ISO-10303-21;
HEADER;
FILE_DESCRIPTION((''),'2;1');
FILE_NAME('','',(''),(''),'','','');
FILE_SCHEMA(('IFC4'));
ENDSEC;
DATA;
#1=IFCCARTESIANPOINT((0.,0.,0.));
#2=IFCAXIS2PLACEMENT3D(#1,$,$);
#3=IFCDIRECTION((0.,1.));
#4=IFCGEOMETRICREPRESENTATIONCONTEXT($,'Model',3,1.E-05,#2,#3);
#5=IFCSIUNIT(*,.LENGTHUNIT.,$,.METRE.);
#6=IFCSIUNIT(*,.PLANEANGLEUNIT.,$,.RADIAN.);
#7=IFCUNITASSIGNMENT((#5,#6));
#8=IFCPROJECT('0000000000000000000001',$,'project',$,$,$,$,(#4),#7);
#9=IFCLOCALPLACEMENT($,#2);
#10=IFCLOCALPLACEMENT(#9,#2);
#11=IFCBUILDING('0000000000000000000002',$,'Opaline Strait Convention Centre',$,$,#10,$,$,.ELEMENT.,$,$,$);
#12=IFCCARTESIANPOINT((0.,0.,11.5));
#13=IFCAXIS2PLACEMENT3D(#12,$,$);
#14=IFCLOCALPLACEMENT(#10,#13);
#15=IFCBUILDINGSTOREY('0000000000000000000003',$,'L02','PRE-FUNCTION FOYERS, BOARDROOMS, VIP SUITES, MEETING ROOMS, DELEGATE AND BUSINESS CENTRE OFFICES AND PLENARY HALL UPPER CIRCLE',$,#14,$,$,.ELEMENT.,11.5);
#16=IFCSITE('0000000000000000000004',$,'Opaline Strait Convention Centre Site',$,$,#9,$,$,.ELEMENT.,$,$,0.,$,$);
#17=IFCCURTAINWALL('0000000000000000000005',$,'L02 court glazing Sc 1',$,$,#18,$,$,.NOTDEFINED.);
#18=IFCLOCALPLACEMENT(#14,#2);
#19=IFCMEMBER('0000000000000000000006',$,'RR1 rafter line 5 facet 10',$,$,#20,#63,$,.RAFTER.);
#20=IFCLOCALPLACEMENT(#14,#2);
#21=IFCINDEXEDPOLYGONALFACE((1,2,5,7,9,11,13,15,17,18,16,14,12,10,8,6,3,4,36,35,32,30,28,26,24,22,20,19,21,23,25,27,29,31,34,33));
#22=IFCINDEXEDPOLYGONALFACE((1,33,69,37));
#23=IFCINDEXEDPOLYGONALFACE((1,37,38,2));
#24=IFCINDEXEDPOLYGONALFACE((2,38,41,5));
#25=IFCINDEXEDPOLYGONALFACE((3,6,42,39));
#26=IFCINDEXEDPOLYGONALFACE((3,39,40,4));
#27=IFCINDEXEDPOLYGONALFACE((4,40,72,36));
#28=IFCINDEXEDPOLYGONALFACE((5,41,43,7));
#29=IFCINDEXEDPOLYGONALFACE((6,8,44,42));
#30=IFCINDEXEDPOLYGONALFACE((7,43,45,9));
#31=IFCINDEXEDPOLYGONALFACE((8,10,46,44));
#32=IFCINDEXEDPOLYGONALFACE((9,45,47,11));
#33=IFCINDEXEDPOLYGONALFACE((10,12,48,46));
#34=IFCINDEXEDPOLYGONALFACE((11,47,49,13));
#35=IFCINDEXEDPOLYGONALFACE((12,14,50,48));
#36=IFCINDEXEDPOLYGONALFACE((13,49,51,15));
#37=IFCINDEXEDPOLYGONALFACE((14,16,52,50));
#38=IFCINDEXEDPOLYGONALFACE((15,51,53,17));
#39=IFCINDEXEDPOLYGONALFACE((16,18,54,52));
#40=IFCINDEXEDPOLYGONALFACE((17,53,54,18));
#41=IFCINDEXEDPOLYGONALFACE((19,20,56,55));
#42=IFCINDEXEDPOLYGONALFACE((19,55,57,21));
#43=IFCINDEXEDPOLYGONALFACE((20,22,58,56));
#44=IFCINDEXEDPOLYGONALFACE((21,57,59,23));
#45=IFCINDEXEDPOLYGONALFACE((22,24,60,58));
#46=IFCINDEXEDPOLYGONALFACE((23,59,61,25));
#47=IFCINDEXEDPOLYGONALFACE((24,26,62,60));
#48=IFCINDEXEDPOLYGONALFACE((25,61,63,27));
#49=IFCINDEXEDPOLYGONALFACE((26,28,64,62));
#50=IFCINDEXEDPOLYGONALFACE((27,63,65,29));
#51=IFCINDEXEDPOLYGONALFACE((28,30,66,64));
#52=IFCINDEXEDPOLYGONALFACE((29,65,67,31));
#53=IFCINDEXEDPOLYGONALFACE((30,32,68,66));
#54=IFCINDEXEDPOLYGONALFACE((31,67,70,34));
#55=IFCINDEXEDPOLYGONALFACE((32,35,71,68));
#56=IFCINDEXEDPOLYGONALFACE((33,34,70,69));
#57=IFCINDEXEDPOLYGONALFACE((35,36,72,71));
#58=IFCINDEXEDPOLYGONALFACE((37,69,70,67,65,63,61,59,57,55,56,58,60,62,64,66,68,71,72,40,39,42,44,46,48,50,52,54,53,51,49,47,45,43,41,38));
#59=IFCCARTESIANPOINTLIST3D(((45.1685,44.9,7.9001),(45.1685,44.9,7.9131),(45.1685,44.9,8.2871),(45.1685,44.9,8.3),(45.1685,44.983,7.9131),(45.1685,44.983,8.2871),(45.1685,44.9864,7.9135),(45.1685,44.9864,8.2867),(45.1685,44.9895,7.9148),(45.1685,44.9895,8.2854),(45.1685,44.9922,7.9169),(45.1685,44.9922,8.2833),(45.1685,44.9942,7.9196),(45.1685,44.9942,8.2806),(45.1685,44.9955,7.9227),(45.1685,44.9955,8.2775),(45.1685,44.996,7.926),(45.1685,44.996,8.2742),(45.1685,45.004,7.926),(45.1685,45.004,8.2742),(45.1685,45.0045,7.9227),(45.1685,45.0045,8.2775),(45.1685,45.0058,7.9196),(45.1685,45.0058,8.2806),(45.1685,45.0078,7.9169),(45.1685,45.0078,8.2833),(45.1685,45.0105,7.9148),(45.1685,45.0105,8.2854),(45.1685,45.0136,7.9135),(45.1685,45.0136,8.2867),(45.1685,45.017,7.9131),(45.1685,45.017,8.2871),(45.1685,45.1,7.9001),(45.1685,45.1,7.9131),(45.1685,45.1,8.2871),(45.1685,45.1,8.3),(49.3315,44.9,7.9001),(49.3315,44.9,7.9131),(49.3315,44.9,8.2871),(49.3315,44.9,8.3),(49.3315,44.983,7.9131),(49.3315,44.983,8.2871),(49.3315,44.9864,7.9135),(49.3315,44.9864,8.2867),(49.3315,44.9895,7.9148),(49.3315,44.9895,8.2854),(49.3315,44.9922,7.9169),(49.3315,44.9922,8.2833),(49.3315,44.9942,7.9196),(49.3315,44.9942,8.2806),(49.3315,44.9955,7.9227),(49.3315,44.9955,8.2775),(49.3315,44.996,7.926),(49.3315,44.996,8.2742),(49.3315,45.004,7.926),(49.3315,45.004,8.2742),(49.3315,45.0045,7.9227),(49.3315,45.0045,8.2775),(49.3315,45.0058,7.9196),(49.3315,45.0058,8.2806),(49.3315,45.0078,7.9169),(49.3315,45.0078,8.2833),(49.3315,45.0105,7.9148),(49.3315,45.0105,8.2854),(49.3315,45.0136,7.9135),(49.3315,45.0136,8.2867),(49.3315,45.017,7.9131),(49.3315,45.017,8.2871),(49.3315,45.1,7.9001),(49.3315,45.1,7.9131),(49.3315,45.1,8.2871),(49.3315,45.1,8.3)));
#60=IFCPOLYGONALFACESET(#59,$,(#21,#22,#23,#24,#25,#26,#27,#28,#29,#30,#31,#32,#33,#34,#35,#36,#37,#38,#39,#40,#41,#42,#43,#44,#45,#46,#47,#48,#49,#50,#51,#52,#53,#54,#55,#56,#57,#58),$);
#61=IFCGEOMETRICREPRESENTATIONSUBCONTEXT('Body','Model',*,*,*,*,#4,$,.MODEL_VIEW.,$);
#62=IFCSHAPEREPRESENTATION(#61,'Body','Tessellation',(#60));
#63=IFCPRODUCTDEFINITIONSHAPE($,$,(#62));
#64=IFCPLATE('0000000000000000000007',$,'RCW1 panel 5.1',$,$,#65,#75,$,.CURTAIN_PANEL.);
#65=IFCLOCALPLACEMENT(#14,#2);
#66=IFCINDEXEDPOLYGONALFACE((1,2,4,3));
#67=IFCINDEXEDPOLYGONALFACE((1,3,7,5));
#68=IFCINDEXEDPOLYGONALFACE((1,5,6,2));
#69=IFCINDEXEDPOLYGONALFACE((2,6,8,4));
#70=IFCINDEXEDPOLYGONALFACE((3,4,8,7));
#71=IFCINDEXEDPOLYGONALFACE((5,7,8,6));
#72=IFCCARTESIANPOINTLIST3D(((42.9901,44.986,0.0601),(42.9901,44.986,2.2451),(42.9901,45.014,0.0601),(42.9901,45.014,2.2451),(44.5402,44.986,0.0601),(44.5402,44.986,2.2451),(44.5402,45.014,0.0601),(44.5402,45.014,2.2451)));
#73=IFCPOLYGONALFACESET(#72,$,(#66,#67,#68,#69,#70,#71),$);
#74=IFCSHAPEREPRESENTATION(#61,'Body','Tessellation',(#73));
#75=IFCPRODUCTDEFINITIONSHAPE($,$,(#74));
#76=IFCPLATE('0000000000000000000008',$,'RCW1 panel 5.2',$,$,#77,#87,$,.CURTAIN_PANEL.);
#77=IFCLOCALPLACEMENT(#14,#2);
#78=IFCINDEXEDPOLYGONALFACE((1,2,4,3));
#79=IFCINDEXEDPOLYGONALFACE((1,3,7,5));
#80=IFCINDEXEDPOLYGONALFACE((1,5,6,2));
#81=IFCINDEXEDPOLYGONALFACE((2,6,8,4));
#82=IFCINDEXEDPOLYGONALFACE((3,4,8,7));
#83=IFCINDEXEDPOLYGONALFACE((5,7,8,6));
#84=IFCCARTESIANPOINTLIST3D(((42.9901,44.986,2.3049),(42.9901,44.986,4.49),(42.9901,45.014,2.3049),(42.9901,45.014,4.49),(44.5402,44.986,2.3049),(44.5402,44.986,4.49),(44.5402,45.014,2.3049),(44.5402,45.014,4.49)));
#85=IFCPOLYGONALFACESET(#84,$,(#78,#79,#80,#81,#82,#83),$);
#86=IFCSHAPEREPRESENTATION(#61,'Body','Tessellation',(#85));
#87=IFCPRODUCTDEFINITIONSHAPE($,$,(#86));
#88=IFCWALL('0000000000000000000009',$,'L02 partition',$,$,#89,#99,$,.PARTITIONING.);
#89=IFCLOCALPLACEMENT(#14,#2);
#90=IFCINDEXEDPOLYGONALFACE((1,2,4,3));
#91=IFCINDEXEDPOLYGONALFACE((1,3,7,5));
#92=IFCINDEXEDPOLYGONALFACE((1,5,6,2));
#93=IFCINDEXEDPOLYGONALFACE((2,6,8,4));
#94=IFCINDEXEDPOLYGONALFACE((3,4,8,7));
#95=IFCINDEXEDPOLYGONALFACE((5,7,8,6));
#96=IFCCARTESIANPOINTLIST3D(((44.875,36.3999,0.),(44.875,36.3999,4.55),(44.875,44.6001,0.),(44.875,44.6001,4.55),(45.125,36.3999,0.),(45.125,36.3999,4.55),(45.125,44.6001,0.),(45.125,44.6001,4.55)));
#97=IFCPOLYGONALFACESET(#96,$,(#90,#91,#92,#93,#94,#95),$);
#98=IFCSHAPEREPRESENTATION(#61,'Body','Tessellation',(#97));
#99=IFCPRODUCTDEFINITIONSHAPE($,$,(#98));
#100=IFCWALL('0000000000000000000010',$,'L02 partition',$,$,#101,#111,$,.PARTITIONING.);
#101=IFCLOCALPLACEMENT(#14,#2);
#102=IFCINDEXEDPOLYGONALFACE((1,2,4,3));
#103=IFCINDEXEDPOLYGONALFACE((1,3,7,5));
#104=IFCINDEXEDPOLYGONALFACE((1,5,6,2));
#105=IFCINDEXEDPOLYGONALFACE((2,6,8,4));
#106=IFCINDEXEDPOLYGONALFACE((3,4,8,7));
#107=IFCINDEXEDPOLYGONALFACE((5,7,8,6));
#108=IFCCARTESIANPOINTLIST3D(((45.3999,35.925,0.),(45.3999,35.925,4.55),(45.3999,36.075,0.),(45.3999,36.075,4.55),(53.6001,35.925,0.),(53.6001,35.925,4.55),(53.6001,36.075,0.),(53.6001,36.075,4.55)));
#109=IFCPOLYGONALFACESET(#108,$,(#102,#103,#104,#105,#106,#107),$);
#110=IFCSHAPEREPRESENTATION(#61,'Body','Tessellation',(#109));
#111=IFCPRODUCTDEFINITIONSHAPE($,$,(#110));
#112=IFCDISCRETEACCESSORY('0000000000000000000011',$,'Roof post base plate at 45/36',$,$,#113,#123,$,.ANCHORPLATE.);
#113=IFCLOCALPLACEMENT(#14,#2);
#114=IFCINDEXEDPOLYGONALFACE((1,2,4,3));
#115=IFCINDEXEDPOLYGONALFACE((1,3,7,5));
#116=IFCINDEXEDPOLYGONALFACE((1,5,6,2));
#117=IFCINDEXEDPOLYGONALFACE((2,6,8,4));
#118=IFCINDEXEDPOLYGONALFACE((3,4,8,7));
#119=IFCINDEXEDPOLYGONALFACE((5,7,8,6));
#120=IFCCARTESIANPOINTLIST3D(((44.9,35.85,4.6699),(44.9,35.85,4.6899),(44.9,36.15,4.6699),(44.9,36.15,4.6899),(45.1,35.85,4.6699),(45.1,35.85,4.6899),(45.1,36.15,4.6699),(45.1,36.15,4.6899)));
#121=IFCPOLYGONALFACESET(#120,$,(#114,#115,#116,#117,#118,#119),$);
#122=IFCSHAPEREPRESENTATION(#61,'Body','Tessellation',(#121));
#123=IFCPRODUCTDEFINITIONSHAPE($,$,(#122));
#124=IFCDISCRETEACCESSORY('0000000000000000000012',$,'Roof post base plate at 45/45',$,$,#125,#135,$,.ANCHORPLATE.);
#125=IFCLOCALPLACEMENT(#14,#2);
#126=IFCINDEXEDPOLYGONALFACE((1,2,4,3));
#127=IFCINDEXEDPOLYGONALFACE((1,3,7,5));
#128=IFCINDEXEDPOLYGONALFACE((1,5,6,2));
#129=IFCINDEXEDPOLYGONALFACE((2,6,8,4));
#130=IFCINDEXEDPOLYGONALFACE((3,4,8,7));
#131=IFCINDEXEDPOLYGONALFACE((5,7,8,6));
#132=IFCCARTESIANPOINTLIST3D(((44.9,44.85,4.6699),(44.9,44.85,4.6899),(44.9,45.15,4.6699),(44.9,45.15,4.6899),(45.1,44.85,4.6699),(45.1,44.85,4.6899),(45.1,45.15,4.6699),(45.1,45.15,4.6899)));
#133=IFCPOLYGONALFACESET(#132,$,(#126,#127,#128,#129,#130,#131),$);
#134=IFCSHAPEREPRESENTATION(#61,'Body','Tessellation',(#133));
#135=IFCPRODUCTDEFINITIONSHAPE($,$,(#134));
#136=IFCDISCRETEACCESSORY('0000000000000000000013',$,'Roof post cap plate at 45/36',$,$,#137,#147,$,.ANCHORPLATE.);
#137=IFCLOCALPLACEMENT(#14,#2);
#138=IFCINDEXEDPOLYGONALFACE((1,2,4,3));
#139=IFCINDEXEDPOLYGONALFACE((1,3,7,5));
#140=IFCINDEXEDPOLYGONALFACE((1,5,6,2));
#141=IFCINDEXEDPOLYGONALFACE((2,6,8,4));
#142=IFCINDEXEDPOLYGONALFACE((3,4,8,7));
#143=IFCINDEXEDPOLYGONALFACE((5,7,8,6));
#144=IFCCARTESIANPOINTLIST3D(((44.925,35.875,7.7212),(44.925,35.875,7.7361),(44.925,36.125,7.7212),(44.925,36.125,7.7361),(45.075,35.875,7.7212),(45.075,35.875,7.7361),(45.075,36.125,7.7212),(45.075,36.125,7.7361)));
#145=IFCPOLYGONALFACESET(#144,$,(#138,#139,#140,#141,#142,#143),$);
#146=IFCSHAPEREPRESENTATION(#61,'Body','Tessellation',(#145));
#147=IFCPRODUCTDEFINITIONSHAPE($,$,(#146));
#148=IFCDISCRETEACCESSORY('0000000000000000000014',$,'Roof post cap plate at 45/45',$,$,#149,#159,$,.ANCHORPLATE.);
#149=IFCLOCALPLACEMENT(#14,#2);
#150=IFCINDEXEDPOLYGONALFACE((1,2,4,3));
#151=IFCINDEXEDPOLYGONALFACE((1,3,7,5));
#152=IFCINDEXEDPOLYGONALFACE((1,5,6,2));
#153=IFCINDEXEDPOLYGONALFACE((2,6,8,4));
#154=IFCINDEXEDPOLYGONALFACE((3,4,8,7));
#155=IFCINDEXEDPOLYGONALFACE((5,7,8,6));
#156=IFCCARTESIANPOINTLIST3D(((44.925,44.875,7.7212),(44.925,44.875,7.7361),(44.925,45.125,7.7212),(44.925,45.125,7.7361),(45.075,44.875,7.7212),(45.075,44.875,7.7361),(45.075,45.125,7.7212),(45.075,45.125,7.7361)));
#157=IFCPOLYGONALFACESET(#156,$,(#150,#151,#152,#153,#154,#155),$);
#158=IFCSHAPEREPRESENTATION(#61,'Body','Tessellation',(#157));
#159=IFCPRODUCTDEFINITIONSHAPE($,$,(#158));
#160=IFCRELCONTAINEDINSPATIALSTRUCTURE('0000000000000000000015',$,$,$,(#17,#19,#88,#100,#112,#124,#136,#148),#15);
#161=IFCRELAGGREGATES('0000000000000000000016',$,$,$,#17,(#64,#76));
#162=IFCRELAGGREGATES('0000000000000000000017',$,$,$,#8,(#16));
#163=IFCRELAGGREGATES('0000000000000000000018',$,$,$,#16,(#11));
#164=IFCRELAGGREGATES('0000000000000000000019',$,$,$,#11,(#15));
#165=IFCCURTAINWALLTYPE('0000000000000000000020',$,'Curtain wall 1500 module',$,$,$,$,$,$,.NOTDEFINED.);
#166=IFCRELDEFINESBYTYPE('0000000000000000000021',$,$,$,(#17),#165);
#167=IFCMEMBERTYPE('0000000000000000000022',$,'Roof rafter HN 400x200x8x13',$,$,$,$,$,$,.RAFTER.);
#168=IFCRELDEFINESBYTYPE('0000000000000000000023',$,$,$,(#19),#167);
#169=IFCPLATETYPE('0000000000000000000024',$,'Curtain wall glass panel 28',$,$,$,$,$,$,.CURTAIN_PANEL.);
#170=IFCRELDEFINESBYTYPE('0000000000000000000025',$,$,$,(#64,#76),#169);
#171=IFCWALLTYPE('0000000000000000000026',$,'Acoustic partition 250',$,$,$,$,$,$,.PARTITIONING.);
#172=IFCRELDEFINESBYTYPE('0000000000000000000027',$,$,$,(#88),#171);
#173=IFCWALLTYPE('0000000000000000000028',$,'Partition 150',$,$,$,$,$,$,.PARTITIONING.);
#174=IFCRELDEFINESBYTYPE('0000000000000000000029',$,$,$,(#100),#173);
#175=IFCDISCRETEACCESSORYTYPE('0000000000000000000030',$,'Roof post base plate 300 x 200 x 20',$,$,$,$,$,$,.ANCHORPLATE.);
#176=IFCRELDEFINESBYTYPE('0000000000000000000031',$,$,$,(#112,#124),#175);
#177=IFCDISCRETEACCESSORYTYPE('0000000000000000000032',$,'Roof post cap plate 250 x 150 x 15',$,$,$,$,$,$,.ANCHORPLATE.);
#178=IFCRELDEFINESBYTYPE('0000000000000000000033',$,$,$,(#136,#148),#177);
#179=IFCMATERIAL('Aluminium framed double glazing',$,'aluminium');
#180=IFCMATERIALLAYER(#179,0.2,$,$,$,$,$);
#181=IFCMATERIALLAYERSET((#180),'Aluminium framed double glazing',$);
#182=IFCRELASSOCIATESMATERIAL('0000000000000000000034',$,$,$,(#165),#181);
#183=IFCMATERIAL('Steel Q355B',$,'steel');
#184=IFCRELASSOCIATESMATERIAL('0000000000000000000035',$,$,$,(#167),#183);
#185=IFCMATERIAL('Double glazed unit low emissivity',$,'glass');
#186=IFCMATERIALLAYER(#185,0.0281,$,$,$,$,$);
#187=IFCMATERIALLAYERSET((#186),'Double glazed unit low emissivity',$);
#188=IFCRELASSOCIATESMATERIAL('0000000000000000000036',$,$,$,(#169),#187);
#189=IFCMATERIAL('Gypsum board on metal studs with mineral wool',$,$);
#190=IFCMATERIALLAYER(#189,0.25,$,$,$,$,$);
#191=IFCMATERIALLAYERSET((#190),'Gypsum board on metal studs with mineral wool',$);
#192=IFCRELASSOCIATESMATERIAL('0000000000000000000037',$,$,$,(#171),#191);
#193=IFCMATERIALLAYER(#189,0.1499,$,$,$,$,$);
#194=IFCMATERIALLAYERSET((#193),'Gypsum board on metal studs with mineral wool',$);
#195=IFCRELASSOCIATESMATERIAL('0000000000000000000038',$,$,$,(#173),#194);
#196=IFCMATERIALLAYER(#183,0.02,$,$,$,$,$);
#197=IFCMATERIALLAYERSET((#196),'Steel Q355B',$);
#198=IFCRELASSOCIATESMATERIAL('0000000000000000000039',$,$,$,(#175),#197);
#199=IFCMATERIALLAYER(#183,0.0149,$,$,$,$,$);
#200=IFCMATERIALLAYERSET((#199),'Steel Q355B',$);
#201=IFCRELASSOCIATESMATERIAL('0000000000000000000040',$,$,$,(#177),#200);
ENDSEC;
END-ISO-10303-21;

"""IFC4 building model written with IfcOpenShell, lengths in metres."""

from ifc_helpers import new_model, si_unit, direction, frame, frame_2d, origin, origin_2d, place, context, subcontext, project, spatial, rectangle, i_section, extrude, material, layer, layer_set, material_profile, profile_set, type_object, element, aggregate, save


model = new_model("IFC4")

# Units and contexts
model_context = context("Model", 3, precision=1e-05, world=origin(), true_north=direction((0.0, 1.0)))
body_context = subcontext(model_context, "Body", "Model", "MODEL_VIEW")
ifc_project = project(units=[si_unit("LENGTHUNIT", "METRE"), si_unit("PLANEANGLEUNIT", "RADIAN")], contexts=[model_context])

# Site, building, storey
site_placement = place(None, origin())
site = spatial("IfcSite", under=ifc_project, at=site_placement, Name="Opaline Strait Convention Centre Site", CompositionType="ELEMENT", RefElevation=0.0)
building_placement = place(site_placement, origin())
building = spatial("IfcBuilding", under=site, at=building_placement, Name="Opaline Strait Convention Centre", CompositionType="ELEMENT")
storey_placement = place(building_placement, frame((0.0, 0.0, 11.5)))
storey = spatial("IfcBuildingStorey", under=building, at=storey_placement, Name="L02", Description="PRE-FUNCTION FOYERS, BOARDROOMS, VIP SUITES, MEETING ROOMS, DELEGATE AND BUSINESS CENTRE OFFICES AND PLENARY HALL UPPER CIRCLE", CompositionType="ELEMENT", Elevation=11.5)

# Curtain wall
ifc_material_1 = material(Name="Aluminium framed double glazing", Category="aluminium")
ifc_layer_1 = layer(ifc_material_1, 0.2)
ifc_layer_set_1 = layer_set([ifc_layer_1], Name="Aluminium framed double glazing")
curtain_wall_type = type_object("IfcCurtainWallType", Name="Curtain wall 1500 module", PredefinedType="NOTDEFINED", material=ifc_layer_set_1)
curtain_wall_1_placement = place(storey_placement, origin())
curtain_wall_1 = element("IfcCurtainWall", 1, at=curtain_wall_1_placement, inside=storey, type_object=curtain_wall_type, Name="L02 court glazing Sc 1", PredefinedType="NOTDEFINED")

# Member
ifc_material_2 = material(Name="Steel Q355B", Category="steel")
ifc_material_profile_1 = material_profile(ifc_material_2, i_section(OverallWidth=0.2, OverallDepth=0.3999, WebThickness=0.0081, FlangeThickness=0.0129, FilletRadius=0.0129, at=origin_2d()), Name="HN 400x200x8x13")
ifc_profile_set_1 = profile_set([ifc_material_profile_1], Name="Steel Q355B")
member_type_1 = type_object("IfcMemberType", Name="Roof rafter HN 400x200x8x13", PredefinedType="RAFTER", material=ifc_profile_set_1)
for number, where, z_axis, x_axis, name in (
    (2, (45.1685, 45.0, 8.1001), (1.0, 0.0, 0.0), (0.0, 1.0, 0.0), "RR1 rafter line 5 facet 10"),
):
    element("IfcMember", number, at=place(storey_placement, frame(where, z_axis=z_axis, x_axis=x_axis)), inside=storey, type_object=member_type_1, Name=name, PredefinedType="RAFTER", context=body_context, shape_type="SweptSolid", body=[
        extrude(i_section(OverallWidth=0.2, OverallDepth=0.3999, WebThickness=0.0081, FlangeThickness=0.0129, FilletRadius=0.0129, at=origin_2d()), origin(), (0.0, 0.0, 1.0), 4.1631),
    ])

# Plates
ifc_material_3 = material(Name="Double glazed unit low emissivity", Category="glass")
ifc_layer_2 = layer(ifc_material_3, 0.0281)
ifc_layer_set_2 = layer_set([ifc_layer_2], Name="Double glazed unit low emissivity")
plate_type = type_object("IfcPlateType", Name="Curtain wall glass panel 28", PredefinedType="CURTAIN_PANEL", material=ifc_layer_set_2)
plate_1_placement = place(storey_placement, frame((43.7651, 45.0, 0.0601), z_axis=(0.0, 0.0, 1.0), x_axis=(1.0, 0.0, 0.0)))
plate_1 = element("IfcPlate", 3, at=plate_1_placement, type_object=plate_type, Name="RCW1 panel 5.1", PredefinedType="CURTAIN_PANEL", context=body_context, shape_type="SweptSolid", body=[
    extrude(rectangle(XDim=1.55, YDim=0.0281, at=origin_2d()), origin(), (0.0, 0.0, 1.0), 2.1851),
])
plate_2_placement = place(storey_placement, frame((43.7651, 45.0, 2.3049), z_axis=(0.0, 0.0, 1.0), x_axis=(1.0, 0.0, 0.0)))
plate_2 = element("IfcPlate", 4, at=plate_2_placement, type_object=plate_type, Name="RCW1 panel 5.2", PredefinedType="CURTAIN_PANEL", context=body_context, shape_type="SweptSolid", body=[
    extrude(rectangle(XDim=1.55, YDim=0.0281, at=origin_2d()), origin(), (0.0, 0.0, 1.0), 2.1851),
])
aggregate(curtain_wall_1, [plate_1, plate_2])

# Walls
ifc_material_4 = material(Name="Gypsum board on metal studs with mineral wool")
ifc_layer_3 = layer(ifc_material_4, 0.25)
ifc_layer_set_3 = layer_set([ifc_layer_3], Name="Gypsum board on metal studs with mineral wool")
wall_type_1 = type_object("IfcWallType", Name="Acoustic partition 250", PredefinedType="PARTITIONING", material=ifc_layer_set_3)
wall_1_placement = place(storey_placement, frame((45.0, 36.3999, 0.0), z_axis=(0.0, 0.0, 1.0), x_axis=(0.0, 1.0, 0.0)))
element("IfcWall", 5, at=wall_1_placement, inside=storey, type_object=wall_type_1, Name="L02 partition", PredefinedType="PARTITIONING", context=body_context, shape_type="SweptSolid", body=[
    extrude(rectangle(XDim=8.2002, YDim=0.25, at=frame_2d((4.1001, 0.0))), origin(), (0.0, 0.0, 1.0), 4.55),
])
ifc_layer_4 = layer(ifc_material_4, 0.1499)
ifc_layer_set_4 = layer_set([ifc_layer_4], Name="Gypsum board on metal studs with mineral wool")
wall_type_2 = type_object("IfcWallType", Name="Partition 150", PredefinedType="PARTITIONING", material=ifc_layer_set_4)
wall_2_placement = place(storey_placement, frame((45.3999, 36.0, 0.0), z_axis=(0.0, 0.0, 1.0), x_axis=(1.0, 0.0, 0.0)))
element("IfcWall", 6, at=wall_2_placement, inside=storey, type_object=wall_type_2, Name="L02 partition", PredefinedType="PARTITIONING", context=body_context, shape_type="SweptSolid", body=[
    extrude(rectangle(XDim=8.2002, YDim=0.1499, at=frame_2d((4.1001, 0.0))), origin(), (0.0, 0.0, 1.0), 4.55),
])

# Discrete accessories
ifc_layer_5 = layer(ifc_material_2, 0.02)
ifc_layer_set_5 = layer_set([ifc_layer_5], Name="Steel Q355B")
discrete_accessory_type_1 = type_object("IfcDiscreteAccessoryType", Name="Roof post base plate 300 x 200 x 20", PredefinedType="ANCHORPLATE", material=ifc_layer_set_5)
for number, where, z_axis, x_axis, name in (
    (7, (45.0, 36.0, 4.6699), (0.0, 0.0, 1.0), (1.0, 0.0, 0.0), "Roof post base plate at 45/36"),
    (8, (45.0, 45.0, 4.6699), (0.0, 0.0, 1.0), (1.0, 0.0, 0.0), "Roof post base plate at 45/45"),
):
    element("IfcDiscreteAccessory", number, at=place(storey_placement, frame(where, z_axis=z_axis, x_axis=x_axis)), inside=storey, type_object=discrete_accessory_type_1, Name=name, PredefinedType="ANCHORPLATE", context=body_context, shape_type="SweptSolid", body=[
        extrude(rectangle(XDim=0.2, YDim=0.3, at=origin_2d()), origin(), (0.0, 0.0, 1.0), 0.02),
    ])
ifc_layer_6 = layer(ifc_material_2, 0.0149)
ifc_layer_set_6 = layer_set([ifc_layer_6], Name="Steel Q355B")
discrete_accessory_type_2 = type_object("IfcDiscreteAccessoryType", Name="Roof post cap plate 250 x 150 x 15", PredefinedType="ANCHORPLATE", material=ifc_layer_set_6)
for number, where, z_axis, x_axis, name in (
    (9, (45.0, 36.0, 7.7212), (0.0, 0.0, 1.0), (1.0, 0.0, 0.0), "Roof post cap plate at 45/36"),
    (10, (45.0, 45.0, 7.7212), (0.0, 0.0, 1.0), (1.0, 0.0, 0.0), "Roof post cap plate at 45/45"),
):
    element("IfcDiscreteAccessory", number, at=place(storey_placement, frame(where, z_axis=z_axis, x_axis=x_axis)), inside=storey, type_object=discrete_accessory_type_2, Name=name, PredefinedType="ANCHORPLATE", context=body_context, shape_type="SweptSolid", body=[
        extrude(rectangle(XDim=0.1499, YDim=0.25, at=origin_2d()), origin(), (0.0, 0.0, 1.0), 0.0149),
    ])

save(model, "model.ifc")
